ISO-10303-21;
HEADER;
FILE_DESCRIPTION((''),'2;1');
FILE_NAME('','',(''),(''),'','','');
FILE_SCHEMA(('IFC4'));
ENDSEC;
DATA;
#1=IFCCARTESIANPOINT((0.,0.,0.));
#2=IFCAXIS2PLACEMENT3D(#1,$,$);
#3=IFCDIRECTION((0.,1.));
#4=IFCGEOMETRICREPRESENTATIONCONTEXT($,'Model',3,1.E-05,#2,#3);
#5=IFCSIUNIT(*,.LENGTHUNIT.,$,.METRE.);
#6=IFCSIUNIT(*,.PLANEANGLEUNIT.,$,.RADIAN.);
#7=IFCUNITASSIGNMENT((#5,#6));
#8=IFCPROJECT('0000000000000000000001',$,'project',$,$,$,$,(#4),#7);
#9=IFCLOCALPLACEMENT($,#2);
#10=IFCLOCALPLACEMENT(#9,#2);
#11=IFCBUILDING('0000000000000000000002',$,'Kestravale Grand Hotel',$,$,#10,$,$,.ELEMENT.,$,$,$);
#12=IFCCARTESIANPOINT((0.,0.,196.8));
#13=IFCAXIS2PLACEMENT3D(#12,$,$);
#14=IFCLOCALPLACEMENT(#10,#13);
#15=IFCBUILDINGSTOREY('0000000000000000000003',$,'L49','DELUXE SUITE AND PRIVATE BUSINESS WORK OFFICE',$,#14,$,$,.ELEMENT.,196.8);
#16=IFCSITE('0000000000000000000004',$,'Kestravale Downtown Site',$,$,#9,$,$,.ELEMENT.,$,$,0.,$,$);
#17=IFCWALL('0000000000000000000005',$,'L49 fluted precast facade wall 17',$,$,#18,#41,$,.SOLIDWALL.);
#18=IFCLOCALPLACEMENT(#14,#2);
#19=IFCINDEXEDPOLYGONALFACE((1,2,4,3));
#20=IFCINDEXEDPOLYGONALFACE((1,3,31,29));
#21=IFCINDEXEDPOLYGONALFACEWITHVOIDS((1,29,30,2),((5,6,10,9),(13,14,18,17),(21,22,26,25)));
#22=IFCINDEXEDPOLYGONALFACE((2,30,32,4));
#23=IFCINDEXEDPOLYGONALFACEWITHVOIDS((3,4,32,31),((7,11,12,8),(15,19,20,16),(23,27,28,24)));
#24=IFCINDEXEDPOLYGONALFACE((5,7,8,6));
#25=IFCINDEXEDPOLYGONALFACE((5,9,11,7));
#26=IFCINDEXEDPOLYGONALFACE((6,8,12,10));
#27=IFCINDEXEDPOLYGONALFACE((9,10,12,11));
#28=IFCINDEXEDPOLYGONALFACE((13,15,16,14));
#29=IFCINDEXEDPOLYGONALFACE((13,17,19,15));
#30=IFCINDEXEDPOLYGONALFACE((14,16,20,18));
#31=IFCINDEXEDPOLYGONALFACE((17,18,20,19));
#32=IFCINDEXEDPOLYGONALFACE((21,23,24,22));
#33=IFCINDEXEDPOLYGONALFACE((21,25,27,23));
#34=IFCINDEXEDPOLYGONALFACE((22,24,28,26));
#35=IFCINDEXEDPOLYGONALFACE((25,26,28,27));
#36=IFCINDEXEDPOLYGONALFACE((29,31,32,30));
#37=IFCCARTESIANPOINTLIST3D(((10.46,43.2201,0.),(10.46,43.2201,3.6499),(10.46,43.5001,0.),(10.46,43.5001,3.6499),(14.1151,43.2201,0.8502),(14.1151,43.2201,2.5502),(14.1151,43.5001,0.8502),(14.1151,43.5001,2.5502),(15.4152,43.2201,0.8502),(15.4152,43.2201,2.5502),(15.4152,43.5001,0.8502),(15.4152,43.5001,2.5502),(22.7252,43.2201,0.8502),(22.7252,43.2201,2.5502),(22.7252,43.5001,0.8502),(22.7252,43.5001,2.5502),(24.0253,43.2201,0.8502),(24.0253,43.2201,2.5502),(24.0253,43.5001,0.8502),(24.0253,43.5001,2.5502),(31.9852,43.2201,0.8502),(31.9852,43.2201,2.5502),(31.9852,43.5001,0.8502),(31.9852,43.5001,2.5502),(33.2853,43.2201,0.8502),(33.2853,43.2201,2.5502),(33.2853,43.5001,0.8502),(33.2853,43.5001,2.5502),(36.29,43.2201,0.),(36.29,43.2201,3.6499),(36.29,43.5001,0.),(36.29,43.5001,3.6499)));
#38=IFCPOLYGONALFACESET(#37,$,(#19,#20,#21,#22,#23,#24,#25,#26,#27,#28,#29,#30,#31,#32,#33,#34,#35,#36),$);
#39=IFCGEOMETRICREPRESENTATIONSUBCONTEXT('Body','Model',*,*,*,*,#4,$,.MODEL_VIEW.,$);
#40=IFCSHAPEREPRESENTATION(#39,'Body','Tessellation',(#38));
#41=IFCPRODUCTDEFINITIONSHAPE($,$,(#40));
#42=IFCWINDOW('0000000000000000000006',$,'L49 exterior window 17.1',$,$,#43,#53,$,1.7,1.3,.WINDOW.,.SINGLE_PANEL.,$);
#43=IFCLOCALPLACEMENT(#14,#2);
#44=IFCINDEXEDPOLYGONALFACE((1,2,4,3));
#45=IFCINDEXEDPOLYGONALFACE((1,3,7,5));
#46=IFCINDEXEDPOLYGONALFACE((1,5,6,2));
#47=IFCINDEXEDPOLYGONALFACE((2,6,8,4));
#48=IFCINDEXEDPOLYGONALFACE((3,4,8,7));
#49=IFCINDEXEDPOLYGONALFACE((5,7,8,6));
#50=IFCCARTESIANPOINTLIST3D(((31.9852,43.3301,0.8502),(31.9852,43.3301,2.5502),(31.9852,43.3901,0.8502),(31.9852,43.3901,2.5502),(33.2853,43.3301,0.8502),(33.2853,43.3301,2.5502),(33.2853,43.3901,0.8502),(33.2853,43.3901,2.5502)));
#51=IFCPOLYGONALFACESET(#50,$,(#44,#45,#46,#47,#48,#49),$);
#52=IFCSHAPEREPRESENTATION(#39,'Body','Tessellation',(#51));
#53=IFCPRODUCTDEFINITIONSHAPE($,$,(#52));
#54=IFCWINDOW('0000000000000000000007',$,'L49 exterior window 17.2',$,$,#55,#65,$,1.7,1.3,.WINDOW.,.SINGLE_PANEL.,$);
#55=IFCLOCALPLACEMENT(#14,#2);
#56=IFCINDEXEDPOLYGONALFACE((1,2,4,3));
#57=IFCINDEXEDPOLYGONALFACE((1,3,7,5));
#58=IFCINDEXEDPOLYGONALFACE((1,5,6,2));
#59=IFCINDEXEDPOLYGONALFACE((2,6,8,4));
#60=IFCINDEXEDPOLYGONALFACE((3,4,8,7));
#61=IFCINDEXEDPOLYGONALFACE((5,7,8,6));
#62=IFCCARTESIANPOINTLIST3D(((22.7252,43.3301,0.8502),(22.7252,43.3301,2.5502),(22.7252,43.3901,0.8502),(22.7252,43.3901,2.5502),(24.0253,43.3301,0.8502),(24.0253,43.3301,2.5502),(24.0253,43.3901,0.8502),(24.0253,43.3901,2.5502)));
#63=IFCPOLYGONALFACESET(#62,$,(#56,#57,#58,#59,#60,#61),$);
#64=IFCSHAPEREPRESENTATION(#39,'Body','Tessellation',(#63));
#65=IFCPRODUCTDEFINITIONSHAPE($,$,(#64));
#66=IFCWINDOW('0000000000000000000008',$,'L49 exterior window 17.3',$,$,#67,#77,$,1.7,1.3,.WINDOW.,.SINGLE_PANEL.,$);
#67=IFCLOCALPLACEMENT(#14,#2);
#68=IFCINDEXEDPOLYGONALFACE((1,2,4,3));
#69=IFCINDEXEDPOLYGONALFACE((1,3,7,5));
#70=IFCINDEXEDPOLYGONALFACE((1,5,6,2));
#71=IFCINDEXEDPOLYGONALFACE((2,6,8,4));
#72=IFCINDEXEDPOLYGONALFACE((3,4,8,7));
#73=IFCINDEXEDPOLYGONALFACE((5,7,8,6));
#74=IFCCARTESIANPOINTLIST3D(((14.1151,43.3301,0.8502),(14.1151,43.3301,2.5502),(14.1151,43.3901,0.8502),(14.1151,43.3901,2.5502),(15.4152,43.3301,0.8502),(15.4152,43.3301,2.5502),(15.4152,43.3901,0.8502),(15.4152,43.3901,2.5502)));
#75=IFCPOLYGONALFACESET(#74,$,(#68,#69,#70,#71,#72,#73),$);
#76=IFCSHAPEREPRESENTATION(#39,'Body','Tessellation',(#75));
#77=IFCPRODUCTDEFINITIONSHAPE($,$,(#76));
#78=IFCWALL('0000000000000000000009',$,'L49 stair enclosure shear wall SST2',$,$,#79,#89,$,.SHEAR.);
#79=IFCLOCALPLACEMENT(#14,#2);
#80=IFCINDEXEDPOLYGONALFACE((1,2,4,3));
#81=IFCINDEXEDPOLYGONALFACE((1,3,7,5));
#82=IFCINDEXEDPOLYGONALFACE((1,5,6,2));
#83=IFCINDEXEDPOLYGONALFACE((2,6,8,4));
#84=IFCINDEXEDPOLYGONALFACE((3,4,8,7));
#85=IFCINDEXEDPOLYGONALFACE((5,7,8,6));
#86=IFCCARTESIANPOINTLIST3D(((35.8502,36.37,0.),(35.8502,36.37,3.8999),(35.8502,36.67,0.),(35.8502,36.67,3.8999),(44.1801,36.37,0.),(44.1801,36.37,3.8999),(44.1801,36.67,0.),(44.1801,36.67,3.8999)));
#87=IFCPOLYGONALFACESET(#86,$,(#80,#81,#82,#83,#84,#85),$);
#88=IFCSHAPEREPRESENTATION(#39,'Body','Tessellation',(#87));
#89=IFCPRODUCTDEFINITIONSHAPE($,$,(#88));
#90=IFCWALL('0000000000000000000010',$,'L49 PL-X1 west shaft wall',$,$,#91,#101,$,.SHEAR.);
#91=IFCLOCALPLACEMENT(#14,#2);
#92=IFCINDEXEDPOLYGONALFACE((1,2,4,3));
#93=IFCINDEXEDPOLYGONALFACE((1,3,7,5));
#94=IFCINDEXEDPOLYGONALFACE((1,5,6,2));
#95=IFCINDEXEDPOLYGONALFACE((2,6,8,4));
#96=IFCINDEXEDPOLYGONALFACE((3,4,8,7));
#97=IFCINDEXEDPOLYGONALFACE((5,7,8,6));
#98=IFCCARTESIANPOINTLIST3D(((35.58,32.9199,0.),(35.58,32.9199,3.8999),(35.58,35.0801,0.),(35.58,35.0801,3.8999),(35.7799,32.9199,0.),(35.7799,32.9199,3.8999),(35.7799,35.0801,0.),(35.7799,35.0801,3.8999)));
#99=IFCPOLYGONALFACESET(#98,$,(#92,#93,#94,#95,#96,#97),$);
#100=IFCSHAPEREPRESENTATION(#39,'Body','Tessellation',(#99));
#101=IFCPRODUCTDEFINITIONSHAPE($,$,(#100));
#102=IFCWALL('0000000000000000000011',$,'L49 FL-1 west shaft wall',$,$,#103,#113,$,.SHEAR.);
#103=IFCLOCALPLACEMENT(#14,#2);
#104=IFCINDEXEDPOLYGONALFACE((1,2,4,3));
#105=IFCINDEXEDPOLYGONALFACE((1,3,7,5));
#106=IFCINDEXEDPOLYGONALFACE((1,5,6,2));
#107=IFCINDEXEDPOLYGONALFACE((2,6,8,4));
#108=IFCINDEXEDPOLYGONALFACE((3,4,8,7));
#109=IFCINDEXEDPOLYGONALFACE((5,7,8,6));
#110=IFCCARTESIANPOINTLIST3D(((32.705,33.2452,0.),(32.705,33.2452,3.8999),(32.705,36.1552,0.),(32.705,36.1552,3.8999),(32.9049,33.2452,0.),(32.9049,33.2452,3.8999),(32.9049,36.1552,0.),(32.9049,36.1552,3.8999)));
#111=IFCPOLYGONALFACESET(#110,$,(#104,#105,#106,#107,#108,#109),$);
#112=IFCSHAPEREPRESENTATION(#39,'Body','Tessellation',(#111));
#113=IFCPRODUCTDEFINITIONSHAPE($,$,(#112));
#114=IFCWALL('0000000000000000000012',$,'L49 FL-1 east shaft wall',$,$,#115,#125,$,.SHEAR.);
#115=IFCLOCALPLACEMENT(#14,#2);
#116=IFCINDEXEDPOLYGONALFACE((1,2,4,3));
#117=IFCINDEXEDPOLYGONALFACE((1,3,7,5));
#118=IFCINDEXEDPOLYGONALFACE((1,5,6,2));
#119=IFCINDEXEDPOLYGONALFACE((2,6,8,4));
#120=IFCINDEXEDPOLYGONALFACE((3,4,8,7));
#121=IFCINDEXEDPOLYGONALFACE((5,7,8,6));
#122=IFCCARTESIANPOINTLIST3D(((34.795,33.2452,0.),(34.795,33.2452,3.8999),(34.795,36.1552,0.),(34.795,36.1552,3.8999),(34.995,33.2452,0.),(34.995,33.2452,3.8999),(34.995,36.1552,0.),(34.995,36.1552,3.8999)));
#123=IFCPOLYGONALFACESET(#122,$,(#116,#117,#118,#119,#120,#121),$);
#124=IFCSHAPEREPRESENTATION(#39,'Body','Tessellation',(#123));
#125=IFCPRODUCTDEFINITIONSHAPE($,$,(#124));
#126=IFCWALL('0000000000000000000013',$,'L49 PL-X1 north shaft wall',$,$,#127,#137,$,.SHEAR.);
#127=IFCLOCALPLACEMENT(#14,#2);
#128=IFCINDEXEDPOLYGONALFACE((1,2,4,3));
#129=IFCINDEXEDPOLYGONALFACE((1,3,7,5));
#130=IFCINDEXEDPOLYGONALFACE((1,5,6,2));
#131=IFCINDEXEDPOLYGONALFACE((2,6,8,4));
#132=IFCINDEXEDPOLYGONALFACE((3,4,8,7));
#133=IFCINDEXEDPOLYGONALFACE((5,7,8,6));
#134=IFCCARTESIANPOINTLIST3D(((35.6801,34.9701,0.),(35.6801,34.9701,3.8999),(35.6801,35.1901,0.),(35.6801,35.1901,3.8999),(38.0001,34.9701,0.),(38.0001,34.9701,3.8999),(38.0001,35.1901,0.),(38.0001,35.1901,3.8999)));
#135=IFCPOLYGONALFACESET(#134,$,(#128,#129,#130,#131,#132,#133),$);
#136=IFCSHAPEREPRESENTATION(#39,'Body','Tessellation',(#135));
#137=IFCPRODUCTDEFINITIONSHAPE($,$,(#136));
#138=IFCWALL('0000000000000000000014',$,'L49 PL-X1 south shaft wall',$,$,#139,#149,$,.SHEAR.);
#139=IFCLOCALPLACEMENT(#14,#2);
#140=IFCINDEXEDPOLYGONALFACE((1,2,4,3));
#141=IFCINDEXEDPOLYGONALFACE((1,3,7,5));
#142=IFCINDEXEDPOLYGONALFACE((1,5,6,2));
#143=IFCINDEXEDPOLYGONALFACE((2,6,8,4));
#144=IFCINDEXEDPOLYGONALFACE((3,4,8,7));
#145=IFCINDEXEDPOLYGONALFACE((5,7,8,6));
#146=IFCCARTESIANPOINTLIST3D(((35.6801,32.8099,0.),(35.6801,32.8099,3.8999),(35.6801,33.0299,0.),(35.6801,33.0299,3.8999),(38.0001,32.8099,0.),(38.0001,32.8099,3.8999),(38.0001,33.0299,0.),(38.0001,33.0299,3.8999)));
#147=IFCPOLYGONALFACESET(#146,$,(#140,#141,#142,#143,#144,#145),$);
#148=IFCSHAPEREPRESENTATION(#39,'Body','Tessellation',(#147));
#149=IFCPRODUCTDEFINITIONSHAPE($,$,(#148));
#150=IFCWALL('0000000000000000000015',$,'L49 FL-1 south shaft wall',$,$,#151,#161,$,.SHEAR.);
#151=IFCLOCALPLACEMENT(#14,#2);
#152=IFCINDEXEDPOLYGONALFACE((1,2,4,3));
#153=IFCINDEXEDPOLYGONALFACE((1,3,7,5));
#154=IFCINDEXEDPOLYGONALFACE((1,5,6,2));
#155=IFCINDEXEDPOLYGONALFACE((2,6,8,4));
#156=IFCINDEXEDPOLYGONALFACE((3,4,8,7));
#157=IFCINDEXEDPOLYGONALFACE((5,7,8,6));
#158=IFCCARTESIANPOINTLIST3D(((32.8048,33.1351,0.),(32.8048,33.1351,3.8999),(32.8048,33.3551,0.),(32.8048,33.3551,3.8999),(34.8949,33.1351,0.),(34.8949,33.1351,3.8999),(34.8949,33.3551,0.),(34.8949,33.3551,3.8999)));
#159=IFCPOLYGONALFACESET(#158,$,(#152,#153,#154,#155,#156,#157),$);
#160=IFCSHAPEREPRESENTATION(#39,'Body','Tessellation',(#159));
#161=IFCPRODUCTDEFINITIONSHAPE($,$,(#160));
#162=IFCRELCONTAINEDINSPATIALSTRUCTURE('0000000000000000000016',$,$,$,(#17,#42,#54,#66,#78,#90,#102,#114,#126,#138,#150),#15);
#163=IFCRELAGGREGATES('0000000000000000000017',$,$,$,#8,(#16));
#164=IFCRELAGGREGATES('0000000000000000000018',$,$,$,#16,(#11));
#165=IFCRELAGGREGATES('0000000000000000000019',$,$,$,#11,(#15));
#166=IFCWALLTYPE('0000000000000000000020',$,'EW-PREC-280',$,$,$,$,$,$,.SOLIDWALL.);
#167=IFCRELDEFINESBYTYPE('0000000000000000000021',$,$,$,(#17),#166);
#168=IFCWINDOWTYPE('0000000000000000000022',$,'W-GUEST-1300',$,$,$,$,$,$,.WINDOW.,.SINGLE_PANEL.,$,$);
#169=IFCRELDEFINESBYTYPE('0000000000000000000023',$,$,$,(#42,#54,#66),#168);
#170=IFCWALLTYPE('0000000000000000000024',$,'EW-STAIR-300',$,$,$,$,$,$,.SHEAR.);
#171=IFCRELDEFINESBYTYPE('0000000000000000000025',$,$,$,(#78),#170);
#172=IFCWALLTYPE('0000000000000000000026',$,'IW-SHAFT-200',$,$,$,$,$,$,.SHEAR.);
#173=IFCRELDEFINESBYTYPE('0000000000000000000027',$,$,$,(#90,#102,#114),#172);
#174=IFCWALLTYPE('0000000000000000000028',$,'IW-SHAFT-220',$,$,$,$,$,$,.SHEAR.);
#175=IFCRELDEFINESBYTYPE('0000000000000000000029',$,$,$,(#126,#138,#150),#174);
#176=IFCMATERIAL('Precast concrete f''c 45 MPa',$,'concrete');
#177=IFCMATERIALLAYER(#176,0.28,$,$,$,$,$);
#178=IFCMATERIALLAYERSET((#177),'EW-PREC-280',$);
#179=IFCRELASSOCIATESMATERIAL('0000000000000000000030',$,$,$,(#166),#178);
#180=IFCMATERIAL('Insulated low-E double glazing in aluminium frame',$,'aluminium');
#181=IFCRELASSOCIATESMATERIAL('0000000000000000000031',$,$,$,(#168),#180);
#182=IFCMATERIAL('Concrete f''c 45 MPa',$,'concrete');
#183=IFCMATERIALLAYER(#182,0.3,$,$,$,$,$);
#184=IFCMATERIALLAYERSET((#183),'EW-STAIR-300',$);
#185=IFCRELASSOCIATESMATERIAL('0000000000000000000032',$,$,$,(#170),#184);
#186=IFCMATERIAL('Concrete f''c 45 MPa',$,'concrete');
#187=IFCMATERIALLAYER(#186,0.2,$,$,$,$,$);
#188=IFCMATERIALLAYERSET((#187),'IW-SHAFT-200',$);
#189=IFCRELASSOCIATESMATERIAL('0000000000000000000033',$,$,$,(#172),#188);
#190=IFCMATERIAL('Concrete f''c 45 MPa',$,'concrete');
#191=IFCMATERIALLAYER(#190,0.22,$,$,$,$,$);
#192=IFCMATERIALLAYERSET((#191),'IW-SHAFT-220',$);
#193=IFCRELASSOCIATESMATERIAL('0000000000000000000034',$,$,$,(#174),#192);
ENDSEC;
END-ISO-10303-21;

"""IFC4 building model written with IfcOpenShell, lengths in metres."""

from ifc_helpers import new_model, si_unit, direction, frame, frame_2d, origin, place, context, subcontext, project, spatial, rectangle, extrude, material, layer, layer_set, type_object, element, fill, save


model = new_model("IFC4")

# Units and contexts
model_context = context("Model", 3, precision=1e-05, world=origin(), true_north=direction((0.0, 1.0)))
body_context = subcontext(model_context, "Body", "Model", "MODEL_VIEW")
ifc_project = project(units=[si_unit("LENGTHUNIT", "METRE"), si_unit("PLANEANGLEUNIT", "RADIAN")], contexts=[model_context])

# Site, building, storey
site_placement = place(None, origin())
site = spatial("IfcSite", under=ifc_project, at=site_placement, Name="Kestravale Downtown Site", CompositionType="ELEMENT", RefElevation=0.0)
building_placement = place(site_placement, origin())
building = spatial("IfcBuilding", under=site, at=building_placement, Name="Kestravale Grand Hotel", CompositionType="ELEMENT")
storey_placement = place(building_placement, frame((0.0, 0.0, 196.8)))
storey = spatial("IfcBuildingStorey", under=building, at=storey_placement, Name="L49", Description="DELUXE SUITE AND PRIVATE BUSINESS WORK OFFICE", CompositionType="ELEMENT", Elevation=196.8)

# Wall, openings, windows
ifc_material_1 = material(Name="Precast concrete f'c 45 MPa", Category="concrete")
ifc_layer_1 = layer(ifc_material_1, 0.28)
ifc_layer_set_1 = layer_set([ifc_layer_1], Name="EW-PREC-280")
wall_type_1 = type_object("IfcWallType", Name="EW-PREC-280", PredefinedType="SOLIDWALL", material=ifc_layer_set_1)
wall_1_placement = place(storey_placement, frame((36.29, 43.3601, 0.0), z_axis=(0.0, 0.0, 1.0), x_axis=(-1.0, 0.0, 0.0)))
wall_1 = element("IfcWall", 1, at=wall_1_placement, inside=storey, type_object=wall_type_1, Name="L49 fluted precast facade wall 17", PredefinedType="SOLIDWALL", context=body_context, shape_type="SweptSolid", body=[
    extrude(rectangle(XDim=25.8301, YDim=0.28, at=frame_2d((12.915, 0.0))), origin(), (0.0, 0.0, 1.0), 3.6499),
])
opening_1_placement = place(wall_1_placement, frame((3.0049, 0.0, 0.8501)))
opening_1 = element("IfcOpeningElement", 2, at=opening_1_placement, cuts=wall_1, PredefinedType="OPENING", context=body_context, shape_type="SweptSolid", body=[
    extrude(rectangle(XDim=1.3, YDim=1.7, at=frame_2d((0.6499, 0.8501))), frame((0.0, 0.1499, 0.0), z_axis=(0.0, -1.0, 0.0), x_axis=(1.0, 0.0, 0.0)), (0.0, 0.0, 1.0), 0.3),
])
opening_2_placement = place(wall_1_placement, frame((12.2649, 0.0, 0.8501)))
opening_2 = element("IfcOpeningElement", 3, at=opening_2_placement, cuts=wall_1, PredefinedType="OPENING", context=body_context, shape_type="SweptSolid", body=[
    extrude(rectangle(XDim=1.3, YDim=1.7, at=frame_2d((0.6499, 0.8501))), frame((0.0, 0.1499, 0.0), z_axis=(0.0, -1.0, 0.0), x_axis=(1.0, 0.0, 0.0)), (0.0, 0.0, 1.0), 0.3),
])
opening_3_placement = place(wall_1_placement, frame((20.875, 0.0, 0.8501)))
opening_3 = element("IfcOpeningElement", 4, at=opening_3_placement, cuts=wall_1, PredefinedType="OPENING", context=body_context, shape_type="SweptSolid", body=[
    extrude(rectangle(XDim=1.3, YDim=1.7, at=frame_2d((0.6499, 0.8501))), frame((0.0, 0.1499, 0.0), z_axis=(0.0, -1.0, 0.0), x_axis=(1.0, 0.0, 0.0)), (0.0, 0.0, 1.0), 0.3),
])
ifc_material_2 = material(Name="Insulated low-E double glazing in aluminium frame", Category="aluminium")
window_type = type_object("IfcWindowType", Name="W-GUEST-1300", PartitioningType="SINGLE_PANEL", PredefinedType="WINDOW", material=ifc_material_2)
window_1_placement = place(opening_1_placement, origin())
window_1 = element("IfcWindow", 5, at=window_1_placement, inside=storey, type_object=window_type, Name="L49 exterior window 17.1", OverallHeight=1.7, OverallWidth=1.3, PartitioningType="SINGLE_PANEL", PredefinedType="WINDOW", context=body_context, shape_type="SweptSolid", body=[
    extrude(rectangle(XDim=1.3, YDim=1.7, at=frame_2d((0.6499, 0.8501))), frame((0.0, 0.03, 0.0), z_axis=(0.0, -1.0, 0.0), x_axis=(1.0, 0.0, 0.0)), (0.0, 0.0, 1.0), 0.0601),
])
fill(opening_1, window_1)
window_2_placement = place(opening_2_placement, origin())
window_2 = element("IfcWindow", 6, at=window_2_placement, inside=storey, type_object=window_type, Name="L49 exterior window 17.2", OverallHeight=1.7, OverallWidth=1.3, PartitioningType="SINGLE_PANEL", PredefinedType="WINDOW", context=body_context, shape_type="SweptSolid", body=[
    extrude(rectangle(XDim=1.3, YDim=1.7, at=frame_2d((0.6499, 0.8501))), frame((0.0, 0.03, 0.0), z_axis=(0.0, -1.0, 0.0), x_axis=(1.0, 0.0, 0.0)), (0.0, 0.0, 1.0), 0.0601),
])
fill(opening_2, window_2)
window_3_placement = place(opening_3_placement, origin())
window_3 = element("IfcWindow", 7, at=window_3_placement, inside=storey, type_object=window_type, Name="L49 exterior window 17.3", OverallHeight=1.7, OverallWidth=1.3, PartitioningType="SINGLE_PANEL", PredefinedType="WINDOW", context=body_context, shape_type="SweptSolid", body=[
    extrude(rectangle(XDim=1.3, YDim=1.7, at=frame_2d((0.6499, 0.8501))), frame((0.0, 0.03, 0.0), z_axis=(0.0, -1.0, 0.0), x_axis=(1.0, 0.0, 0.0)), (0.0, 0.0, 1.0), 0.0601),
])
fill(opening_3, window_3)

# Wall
ifc_material_3 = material(Name="Concrete f'c 45 MPa", Category="concrete")
ifc_layer_2 = layer(ifc_material_3, 0.3)
ifc_layer_set_2 = layer_set([ifc_layer_2], Name="EW-STAIR-300")
wall_type_2 = type_object("IfcWallType", Name="EW-STAIR-300", PredefinedType="SHEAR", material=ifc_layer_set_2)
wall_2_placement = place(storey_placement, frame((35.8501, 36.52, 0.0), z_axis=(0.0, 0.0, 1.0), x_axis=(1.0, 0.0, 0.0)))
element("IfcWall", 8, at=wall_2_placement, inside=storey, type_object=wall_type_2, Name="L49 stair enclosure shear wall SST2", PredefinedType="SHEAR", context=body_context, shape_type="SweptSolid", body=[
    extrude(rectangle(XDim=8.3298, YDim=0.3, at=frame_2d((4.165, 0.0))), origin(), (0.0, 0.0, 1.0), 3.8999),
])

# Walls
ifc_material_4 = material(Name="Concrete f'c 45 MPa", Category="concrete")
ifc_layer_3 = layer(ifc_material_4, 0.2)
ifc_layer_set_3 = layer_set([ifc_layer_3], Name="IW-SHAFT-200")
wall_type_3 = type_object("IfcWallType", Name="IW-SHAFT-200", PredefinedType="SHEAR", material=ifc_layer_set_3)
wall_3_placement = place(storey_placement, frame((35.6799, 32.9199, 0.0), z_axis=(0.0, 0.0, 1.0), x_axis=(0.0, 1.0, 0.0)))
element("IfcWall", 9, at=wall_3_placement, inside=storey, type_object=wall_type_3, Name="L49 PL-X1 west shaft wall", PredefinedType="SHEAR", context=body_context, shape_type="SweptSolid", body=[
    extrude(rectangle(XDim=2.1602, YDim=0.2, at=frame_2d((1.0801, 0.0))), origin(), (0.0, 0.0, 1.0), 3.8999),
])
for number, where, z_axis, x_axis, name in (
    (10, (32.8049, 33.2451, 0.0), (0.0, 0.0, 1.0), (0.0, 1.0, 0.0), "L49 FL-1 west shaft wall"),
    (11, (34.895, 33.2451, 0.0), (0.0, 0.0, 1.0), (0.0, 1.0, 0.0), "L49 FL-1 east shaft wall"),
):
    element("IfcWall", number, at=place(storey_placement, frame(where, z_axis=z_axis, x_axis=x_axis)), inside=storey, type_object=wall_type_3, Name=name, PredefinedType="SHEAR", context=body_context, shape_type="SweptSolid", body=[
        extrude(rectangle(XDim=2.9099, YDim=0.2, at=frame_2d((1.4551, 0.0))), origin(), (0.0, 0.0, 1.0), 3.8999),
    ])
ifc_material_5 = material(Name="Concrete f'c 45 MPa", Category="concrete")
ifc_layer_4 = layer(ifc_material_5, 0.22)
ifc_layer_set_4 = layer_set([ifc_layer_4], Name="IW-SHAFT-220")
wall_type_4 = type_object("IfcWallType", Name="IW-SHAFT-220", PredefinedType="SHEAR", material=ifc_layer_set_4)
for number, where, z_axis, x_axis, name in (
    (12, (35.6799, 35.0801, 0.0), (0.0, 0.0, 1.0), (1.0, 0.0, 0.0), "L49 PL-X1 north shaft wall"),
    (13, (35.6799, 32.9199, 0.0), (0.0, 0.0, 1.0), (1.0, 0.0, 0.0), "L49 PL-X1 south shaft wall"),
):
    element("IfcWall", number, at=place(storey_placement, frame(where, z_axis=z_axis, x_axis=x_axis)), inside=storey, type_object=wall_type_4, Name=name, PredefinedType="SHEAR", context=body_context, shape_type="SweptSolid", body=[
        extrude(rectangle(XDim=2.3201, YDim=0.22, at=frame_2d((1.1602, 0.0))), origin(), (0.0, 0.0, 1.0), 3.8999),
    ])

# Wall
wall_4_placement = place(storey_placement, frame((32.8049, 33.2451, 0.0), z_axis=(0.0, 0.0, 1.0), x_axis=(1.0, 0.0, 0.0)))
element("IfcWall", 14, at=wall_4_placement, inside=storey, type_object=wall_type_4, Name="L49 FL-1 south shaft wall", PredefinedType="SHEAR", context=body_context, shape_type="SweptSolid", body=[
    extrude(rectangle(XDim=2.0901, YDim=0.22, at=frame_2d((1.0449, 0.0))), origin(), (0.0, 0.0, 1.0), 3.8999),
])

save(model, "model.ifc")
